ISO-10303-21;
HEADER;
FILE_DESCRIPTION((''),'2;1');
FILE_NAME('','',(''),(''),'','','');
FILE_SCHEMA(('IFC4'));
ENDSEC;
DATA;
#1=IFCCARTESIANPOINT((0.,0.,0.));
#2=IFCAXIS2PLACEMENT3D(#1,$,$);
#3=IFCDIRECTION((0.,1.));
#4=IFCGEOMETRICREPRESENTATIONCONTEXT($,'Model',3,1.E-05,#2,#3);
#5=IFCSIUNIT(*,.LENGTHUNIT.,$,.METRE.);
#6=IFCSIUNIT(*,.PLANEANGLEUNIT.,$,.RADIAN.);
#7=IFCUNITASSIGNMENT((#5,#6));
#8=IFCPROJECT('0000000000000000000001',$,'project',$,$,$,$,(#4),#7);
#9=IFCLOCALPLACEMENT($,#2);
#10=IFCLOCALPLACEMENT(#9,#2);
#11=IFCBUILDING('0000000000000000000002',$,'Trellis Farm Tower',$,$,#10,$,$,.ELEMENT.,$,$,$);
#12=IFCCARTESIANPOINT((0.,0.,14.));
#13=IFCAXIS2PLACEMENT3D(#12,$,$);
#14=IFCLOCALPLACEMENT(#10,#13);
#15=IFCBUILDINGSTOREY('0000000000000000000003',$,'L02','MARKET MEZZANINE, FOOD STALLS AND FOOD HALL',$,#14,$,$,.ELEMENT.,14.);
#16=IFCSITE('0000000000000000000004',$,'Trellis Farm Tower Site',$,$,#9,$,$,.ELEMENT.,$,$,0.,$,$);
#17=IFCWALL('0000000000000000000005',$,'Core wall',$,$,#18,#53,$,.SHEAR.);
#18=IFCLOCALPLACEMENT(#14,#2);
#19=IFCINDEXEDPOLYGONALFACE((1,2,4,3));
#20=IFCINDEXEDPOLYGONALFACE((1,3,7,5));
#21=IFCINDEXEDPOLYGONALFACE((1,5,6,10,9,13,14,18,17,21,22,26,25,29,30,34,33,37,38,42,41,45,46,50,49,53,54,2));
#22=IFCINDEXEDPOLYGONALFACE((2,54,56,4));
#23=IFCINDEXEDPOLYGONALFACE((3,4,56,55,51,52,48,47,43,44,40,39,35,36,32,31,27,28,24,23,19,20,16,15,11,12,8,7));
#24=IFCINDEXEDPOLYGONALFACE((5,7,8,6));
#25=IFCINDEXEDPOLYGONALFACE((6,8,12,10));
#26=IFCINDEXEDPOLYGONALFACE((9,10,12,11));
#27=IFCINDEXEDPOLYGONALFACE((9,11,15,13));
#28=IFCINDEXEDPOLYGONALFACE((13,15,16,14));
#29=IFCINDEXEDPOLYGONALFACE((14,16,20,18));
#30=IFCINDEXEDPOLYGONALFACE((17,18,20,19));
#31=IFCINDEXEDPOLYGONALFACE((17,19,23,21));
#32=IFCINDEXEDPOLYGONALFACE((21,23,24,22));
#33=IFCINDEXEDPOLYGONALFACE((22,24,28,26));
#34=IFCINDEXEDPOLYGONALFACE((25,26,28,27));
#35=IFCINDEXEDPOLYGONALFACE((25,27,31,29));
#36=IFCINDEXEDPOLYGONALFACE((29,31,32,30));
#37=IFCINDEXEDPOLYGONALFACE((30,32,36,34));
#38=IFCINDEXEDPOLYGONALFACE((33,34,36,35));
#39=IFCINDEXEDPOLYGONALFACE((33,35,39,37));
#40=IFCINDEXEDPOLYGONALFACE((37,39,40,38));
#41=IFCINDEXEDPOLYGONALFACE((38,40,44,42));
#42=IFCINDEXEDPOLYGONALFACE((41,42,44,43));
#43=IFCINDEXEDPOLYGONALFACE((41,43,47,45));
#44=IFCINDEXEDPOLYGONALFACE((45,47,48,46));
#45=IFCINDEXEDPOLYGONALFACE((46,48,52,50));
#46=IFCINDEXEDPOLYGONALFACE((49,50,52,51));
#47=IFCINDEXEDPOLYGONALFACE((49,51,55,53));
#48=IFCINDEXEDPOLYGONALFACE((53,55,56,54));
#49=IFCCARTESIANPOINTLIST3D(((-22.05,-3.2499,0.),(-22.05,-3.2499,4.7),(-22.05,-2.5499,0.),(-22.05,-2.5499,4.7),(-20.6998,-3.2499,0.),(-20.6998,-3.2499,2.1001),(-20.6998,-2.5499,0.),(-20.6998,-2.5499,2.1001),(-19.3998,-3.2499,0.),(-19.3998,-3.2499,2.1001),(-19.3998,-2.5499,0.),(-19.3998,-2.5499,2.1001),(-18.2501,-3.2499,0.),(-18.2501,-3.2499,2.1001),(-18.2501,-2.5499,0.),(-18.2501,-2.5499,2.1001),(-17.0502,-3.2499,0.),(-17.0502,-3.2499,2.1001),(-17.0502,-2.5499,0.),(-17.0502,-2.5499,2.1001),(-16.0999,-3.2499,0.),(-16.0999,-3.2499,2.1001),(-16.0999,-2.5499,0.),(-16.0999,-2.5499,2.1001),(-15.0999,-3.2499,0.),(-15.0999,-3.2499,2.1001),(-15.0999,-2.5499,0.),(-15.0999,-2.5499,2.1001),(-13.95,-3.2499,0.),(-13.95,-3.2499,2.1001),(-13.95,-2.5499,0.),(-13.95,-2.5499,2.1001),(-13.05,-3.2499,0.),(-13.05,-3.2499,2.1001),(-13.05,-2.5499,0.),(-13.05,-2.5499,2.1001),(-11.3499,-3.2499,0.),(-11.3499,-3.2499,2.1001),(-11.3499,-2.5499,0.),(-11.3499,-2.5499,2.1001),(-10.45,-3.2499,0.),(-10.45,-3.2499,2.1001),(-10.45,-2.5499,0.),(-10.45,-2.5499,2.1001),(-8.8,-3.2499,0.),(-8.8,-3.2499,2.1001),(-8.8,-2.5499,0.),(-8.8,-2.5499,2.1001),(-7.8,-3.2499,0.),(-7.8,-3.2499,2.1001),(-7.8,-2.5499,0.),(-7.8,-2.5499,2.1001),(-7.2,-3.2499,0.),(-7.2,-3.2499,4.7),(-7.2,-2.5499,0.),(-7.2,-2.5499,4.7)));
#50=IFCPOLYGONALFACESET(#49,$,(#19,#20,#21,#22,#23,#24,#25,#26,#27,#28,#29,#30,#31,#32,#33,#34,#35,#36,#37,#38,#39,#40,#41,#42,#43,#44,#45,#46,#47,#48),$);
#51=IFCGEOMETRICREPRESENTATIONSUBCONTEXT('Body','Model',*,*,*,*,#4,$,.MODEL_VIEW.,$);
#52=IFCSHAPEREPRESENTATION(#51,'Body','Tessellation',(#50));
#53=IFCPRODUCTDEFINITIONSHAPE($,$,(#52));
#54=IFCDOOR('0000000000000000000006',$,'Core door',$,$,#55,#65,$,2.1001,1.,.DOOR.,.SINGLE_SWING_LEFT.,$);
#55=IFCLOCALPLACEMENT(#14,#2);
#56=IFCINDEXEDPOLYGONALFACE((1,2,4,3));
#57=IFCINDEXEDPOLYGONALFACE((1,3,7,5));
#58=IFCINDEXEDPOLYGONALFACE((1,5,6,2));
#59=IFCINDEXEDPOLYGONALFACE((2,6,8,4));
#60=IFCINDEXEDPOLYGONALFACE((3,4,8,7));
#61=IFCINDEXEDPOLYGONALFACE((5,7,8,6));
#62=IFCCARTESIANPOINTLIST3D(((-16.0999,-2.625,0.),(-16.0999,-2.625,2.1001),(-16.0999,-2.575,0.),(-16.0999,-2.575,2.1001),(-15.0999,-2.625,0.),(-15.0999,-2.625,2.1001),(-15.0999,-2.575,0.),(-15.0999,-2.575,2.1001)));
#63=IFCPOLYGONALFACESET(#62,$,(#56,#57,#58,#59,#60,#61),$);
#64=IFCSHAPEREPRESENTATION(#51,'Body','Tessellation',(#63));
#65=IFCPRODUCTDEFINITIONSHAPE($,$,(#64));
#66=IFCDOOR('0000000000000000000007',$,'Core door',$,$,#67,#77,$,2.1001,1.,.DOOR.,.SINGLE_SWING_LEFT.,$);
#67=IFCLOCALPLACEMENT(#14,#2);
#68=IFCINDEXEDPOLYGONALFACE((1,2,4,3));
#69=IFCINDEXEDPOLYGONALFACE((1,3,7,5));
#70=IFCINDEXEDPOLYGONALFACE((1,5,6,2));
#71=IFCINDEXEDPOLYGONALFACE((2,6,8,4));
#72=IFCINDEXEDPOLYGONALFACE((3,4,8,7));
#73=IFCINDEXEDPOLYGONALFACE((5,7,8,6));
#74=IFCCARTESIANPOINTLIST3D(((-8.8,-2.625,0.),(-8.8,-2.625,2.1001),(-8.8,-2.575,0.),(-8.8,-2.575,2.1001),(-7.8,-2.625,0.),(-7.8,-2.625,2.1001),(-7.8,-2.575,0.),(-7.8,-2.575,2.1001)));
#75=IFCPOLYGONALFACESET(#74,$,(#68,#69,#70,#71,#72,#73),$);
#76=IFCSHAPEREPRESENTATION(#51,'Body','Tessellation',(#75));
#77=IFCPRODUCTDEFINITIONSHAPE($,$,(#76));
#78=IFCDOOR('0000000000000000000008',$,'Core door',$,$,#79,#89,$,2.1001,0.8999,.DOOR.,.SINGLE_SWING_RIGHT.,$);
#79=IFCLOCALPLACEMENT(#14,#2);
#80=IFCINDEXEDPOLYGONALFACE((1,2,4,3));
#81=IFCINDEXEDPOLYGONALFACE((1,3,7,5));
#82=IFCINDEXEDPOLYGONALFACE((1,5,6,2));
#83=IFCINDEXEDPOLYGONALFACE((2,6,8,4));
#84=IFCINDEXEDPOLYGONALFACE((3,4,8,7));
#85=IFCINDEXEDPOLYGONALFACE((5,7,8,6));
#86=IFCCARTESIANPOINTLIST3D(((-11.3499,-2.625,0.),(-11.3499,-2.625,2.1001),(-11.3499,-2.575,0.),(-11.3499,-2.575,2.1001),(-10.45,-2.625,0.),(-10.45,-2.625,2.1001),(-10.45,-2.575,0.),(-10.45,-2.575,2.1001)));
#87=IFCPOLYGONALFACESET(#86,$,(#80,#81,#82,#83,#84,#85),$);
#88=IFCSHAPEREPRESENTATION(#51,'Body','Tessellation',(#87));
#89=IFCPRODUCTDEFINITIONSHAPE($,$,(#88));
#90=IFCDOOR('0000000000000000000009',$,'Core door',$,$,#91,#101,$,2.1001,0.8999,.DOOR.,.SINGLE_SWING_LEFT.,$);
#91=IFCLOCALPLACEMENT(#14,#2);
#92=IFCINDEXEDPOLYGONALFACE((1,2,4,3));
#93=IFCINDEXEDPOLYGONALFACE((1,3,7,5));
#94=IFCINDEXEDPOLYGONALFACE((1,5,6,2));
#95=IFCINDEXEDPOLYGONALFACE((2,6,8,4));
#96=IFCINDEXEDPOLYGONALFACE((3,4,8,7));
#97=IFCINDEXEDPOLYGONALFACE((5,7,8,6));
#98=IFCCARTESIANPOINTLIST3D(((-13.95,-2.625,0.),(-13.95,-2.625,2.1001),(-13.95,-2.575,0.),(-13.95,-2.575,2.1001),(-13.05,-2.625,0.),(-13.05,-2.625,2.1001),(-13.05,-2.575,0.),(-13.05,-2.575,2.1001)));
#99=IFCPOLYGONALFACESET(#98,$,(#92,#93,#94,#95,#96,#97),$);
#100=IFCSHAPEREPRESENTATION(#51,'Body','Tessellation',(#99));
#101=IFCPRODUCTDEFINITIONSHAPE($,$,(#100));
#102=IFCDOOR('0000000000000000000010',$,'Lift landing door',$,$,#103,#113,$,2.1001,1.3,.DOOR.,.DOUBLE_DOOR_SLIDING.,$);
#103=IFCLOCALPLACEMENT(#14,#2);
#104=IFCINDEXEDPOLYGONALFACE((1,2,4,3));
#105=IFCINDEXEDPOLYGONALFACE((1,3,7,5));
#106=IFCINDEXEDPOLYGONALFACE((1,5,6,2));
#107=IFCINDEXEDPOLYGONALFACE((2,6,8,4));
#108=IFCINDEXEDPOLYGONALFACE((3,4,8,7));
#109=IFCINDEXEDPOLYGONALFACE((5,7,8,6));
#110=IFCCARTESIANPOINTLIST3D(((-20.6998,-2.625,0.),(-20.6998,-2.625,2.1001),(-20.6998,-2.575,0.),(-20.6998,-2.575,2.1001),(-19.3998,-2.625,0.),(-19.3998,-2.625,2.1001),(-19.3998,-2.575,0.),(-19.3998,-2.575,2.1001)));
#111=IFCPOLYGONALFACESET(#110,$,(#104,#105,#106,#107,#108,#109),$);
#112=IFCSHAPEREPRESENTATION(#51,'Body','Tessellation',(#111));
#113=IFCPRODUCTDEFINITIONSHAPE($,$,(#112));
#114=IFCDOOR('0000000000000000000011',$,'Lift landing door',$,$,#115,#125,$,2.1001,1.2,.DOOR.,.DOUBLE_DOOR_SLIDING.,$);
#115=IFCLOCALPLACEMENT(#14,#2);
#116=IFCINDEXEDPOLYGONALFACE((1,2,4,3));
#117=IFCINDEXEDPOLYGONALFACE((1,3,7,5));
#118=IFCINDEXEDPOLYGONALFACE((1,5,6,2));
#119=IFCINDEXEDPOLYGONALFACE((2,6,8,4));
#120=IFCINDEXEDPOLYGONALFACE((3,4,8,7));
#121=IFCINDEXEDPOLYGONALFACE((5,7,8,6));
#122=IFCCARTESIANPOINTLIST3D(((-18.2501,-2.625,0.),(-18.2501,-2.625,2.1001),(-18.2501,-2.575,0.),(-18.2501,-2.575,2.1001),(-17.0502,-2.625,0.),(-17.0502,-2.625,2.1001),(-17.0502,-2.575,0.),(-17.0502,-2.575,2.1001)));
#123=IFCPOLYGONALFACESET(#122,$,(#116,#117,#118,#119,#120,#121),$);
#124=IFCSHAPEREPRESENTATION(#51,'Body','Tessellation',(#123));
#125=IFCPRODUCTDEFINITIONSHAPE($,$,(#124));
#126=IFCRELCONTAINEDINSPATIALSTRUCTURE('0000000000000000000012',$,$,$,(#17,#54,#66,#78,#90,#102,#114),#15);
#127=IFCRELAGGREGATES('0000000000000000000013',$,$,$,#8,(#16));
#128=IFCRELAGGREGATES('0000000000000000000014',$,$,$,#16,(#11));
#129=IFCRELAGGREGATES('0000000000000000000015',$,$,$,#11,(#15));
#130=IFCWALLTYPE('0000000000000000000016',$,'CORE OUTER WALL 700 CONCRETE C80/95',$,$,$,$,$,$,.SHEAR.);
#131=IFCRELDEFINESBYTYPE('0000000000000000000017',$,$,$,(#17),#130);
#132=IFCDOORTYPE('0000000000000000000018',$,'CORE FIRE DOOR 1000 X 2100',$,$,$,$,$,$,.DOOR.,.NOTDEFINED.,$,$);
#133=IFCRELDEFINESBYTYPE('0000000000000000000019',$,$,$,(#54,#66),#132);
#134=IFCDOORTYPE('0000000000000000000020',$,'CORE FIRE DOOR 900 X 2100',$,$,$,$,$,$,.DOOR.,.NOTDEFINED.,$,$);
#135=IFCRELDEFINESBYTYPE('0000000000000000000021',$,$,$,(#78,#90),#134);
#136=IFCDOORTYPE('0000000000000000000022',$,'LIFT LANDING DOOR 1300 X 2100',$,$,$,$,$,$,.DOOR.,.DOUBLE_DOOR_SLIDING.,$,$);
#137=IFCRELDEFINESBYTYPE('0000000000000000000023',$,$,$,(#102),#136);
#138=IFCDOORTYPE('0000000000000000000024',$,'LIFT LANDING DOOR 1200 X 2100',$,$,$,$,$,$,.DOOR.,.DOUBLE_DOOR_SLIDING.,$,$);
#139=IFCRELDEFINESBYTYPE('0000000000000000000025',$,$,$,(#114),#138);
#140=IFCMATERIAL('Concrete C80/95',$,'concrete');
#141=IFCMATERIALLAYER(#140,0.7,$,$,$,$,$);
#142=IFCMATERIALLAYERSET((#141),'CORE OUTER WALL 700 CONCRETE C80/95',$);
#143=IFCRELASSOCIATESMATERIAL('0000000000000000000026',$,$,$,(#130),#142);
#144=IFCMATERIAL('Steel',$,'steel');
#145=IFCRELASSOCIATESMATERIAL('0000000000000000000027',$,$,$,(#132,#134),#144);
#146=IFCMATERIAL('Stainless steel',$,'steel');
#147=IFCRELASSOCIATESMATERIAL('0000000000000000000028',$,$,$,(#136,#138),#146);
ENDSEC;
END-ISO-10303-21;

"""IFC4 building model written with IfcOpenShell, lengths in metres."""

from ifc_helpers import new_model, si_unit, direction, frame, frame_2d, origin, place, context, subcontext, project, spatial, rectangle, extrude, source, transform, mapped, material, layer, layer_set, type_object, element, fill, save


model = new_model("IFC4")

# Units and contexts
model_context = context("Model", 3, precision=1e-05, world=origin(), true_north=direction((0.0, 1.0)))
body_context = subcontext(model_context, "Body", "Model", "MODEL_VIEW")
ifc_project = project(units=[si_unit("LENGTHUNIT", "METRE"), si_unit("PLANEANGLEUNIT", "RADIAN")], contexts=[model_context])

# Site, building, storey
site_placement = place(None, origin())
site = spatial("IfcSite", under=ifc_project, at=site_placement, Name="Trellis Farm Tower Site", CompositionType="ELEMENT", RefElevation=0.0)
building_placement = place(site_placement, origin())
building = spatial("IfcBuilding", under=site, at=building_placement, Name="Trellis Farm Tower", CompositionType="ELEMENT")
storey_placement = place(building_placement, frame((0.0, 0.0, 14.0)))
storey = spatial("IfcBuildingStorey", under=building, at=storey_placement, Name="L02", Description="MARKET MEZZANINE, FOOD STALLS AND FOOD HALL", CompositionType="ELEMENT", Elevation=14.0)

# Shared definitions
ifc_material_1 = material(Name="Concrete C80/95", Category="concrete")

# Shared definitions
ifc_material_2 = material(Name="Steel", Category="steel")

# Wall, openings, doors
ifc_layer_1 = layer(ifc_material_1, 0.7)
ifc_layer_set_1 = layer_set([ifc_layer_1], Name="CORE OUTER WALL 700 CONCRETE C80/95")
wall_type_1 = type_object("IfcWallType", Name="CORE OUTER WALL 700 CONCRETE C80/95", PredefinedType="SHEAR", material=ifc_layer_set_1)
shared_shape_1 = source(origin(), body_context, "Body", "SweptSolid", [
    extrude(rectangle(XDim=14.8501, YDim=0.7, at=frame_2d((7.425, 0.0))), origin(), (0.0, 0.0, 1.0), 4.7),
])
wall_1_placement = place(storey_placement, frame((-7.2, -2.8999, 0.0), z_axis=(0.0, 0.0, 1.0), x_axis=(-1.0, 0.0, 0.0)))
wall_1 = element("IfcWall", 1, at=wall_1_placement, inside=storey, type_object=wall_type_1, Name="Core wall", PredefinedType="SHEAR", context=body_context, shape_type="MappedRepresentation", body=[
    mapped(shared_shape_1, transform((0.0, 0.0, 0.0))),
])
shared_shape_2 = source(origin(), body_context, "Body", "SweptSolid", [
    extrude(rectangle(XDim=1.3, YDim=2.1001, at=frame_2d((0.6499, 1.05))), frame((0.0, 0.3601, 0.0), z_axis=(0.0, -1.0, 0.0), x_axis=(1.0, 0.0, 0.0)), (0.0, 0.0, 1.0), 0.7202),
])
opening_1_placement = place(wall_1_placement, frame((12.2, 0.0, 0.0)))
opening_1 = element("IfcOpeningElement", 2, at=opening_1_placement, cuts=wall_1, PredefinedType="OPENING", context=body_context, shape_type="MappedRepresentation", body=[
    mapped(shared_shape_2, transform((0.0, 0.0, 0.0))),
])
shared_shape_3 = source(origin(), body_context, "Body", "SweptSolid", [
    extrude(rectangle(XDim=1.2, YDim=2.1001, at=frame_2d((0.6001, 1.05))), frame((0.0, 0.3601, 0.0), z_axis=(0.0, -1.0, 0.0), x_axis=(1.0, 0.0, 0.0)), (0.0, 0.0, 1.0), 0.7202),
])
opening_2_placement = place(wall_1_placement, frame((9.8501, 0.0, 0.0)))
opening_2 = element("IfcOpeningElement", 3, at=opening_2_placement, cuts=wall_1, PredefinedType="OPENING", context=body_context, shape_type="MappedRepresentation", body=[
    mapped(shared_shape_3, transform((0.0, 0.0, 0.0))),
])
shared_shape_4 = source(origin(), body_context, "Body", "SweptSolid", [
    extrude(rectangle(XDim=1.0, YDim=2.1001, at=frame_2d((0.5, 1.05))), frame((0.0, 0.3601, 0.0), z_axis=(0.0, -1.0, 0.0), x_axis=(1.0, 0.0, 0.0)), (0.0, 0.0, 1.0), 0.7202),
])
opening_3_placement = place(wall_1_placement, frame((7.8999, 0.0, 0.0)))
opening_3 = element("IfcOpeningElement", 4, at=opening_3_placement, cuts=wall_1, PredefinedType="OPENING", context=body_context, shape_type="MappedRepresentation", body=[
    mapped(shared_shape_4, transform((0.0, 0.0, 0.0))),
])
opening_4_placement = place(wall_1_placement, frame((0.6001, 0.0, 0.0)))
opening_4 = element("IfcOpeningElement", 5, at=opening_4_placement, cuts=wall_1, PredefinedType="OPENING", context=body_context, shape_type="MappedRepresentation", body=[
    mapped(shared_shape_4, transform((0.0, 0.0, 0.0))),
])
shared_shape_5 = source(origin(), body_context, "Body", "SweptSolid", [
    extrude(rectangle(XDim=0.8999, YDim=2.1001, at=frame_2d((0.45, 1.05))), frame((0.0, 0.3601, 0.0), z_axis=(0.0, -1.0, 0.0), x_axis=(1.0, 0.0, 0.0)), (0.0, 0.0, 1.0), 0.7202),
])
opening_5_placement = place(wall_1_placement, frame((3.25, 0.0, 0.0)))
opening_5 = element("IfcOpeningElement", 6, at=opening_5_placement, cuts=wall_1, PredefinedType="OPENING", context=body_context, shape_type="MappedRepresentation", body=[
    mapped(shared_shape_5, transform((0.0, 0.0, 0.0))),
])
opening_6_placement = place(wall_1_placement, frame((5.8501, 0.0, 0.0)))
opening_6 = element("IfcOpeningElement", 7, at=opening_6_placement, cuts=wall_1, PredefinedType="OPENING", context=body_context, shape_type="MappedRepresentation", body=[
    mapped(shared_shape_5, transform((0.0, 0.0, 0.0))),
])
door_type_1 = type_object("IfcDoorType", Name="CORE FIRE DOOR 1000 X 2100", OperationType="NOTDEFINED", PredefinedType="DOOR", material=ifc_material_2)
shared_shape_6 = source(origin(), body_context, "Body", "SweptSolid", [
    extrude(rectangle(XDim=1.0, YDim=2.1001, at=frame_2d((0.5, 1.05))), frame((0.0, -0.2749, 0.0), z_axis=(0.0, -1.0, 0.0), x_axis=(1.0, 0.0, 0.0)), (0.0, 0.0, 1.0), 0.05),
])
door_1_placement = place(opening_3_placement, origin())
door_1 = element("IfcDoor", 8, at=door_1_placement, inside=storey, type_object=door_type_1, Name="Core door", OperationType="SINGLE_SWING_LEFT", OverallHeight=2.1001, OverallWidth=1.0, PredefinedType="DOOR", context=body_context, shape_type="MappedRepresentation", body=[
    mapped(shared_shape_6, transform((0.0, 0.0, 0.0))),
])
fill(opening_3, door_1)
door_2_placement = place(opening_4_placement, origin())
door_2 = element("IfcDoor", 9, at=door_2_placement, inside=storey, type_object=door_type_1, Name="Core door", OperationType="SINGLE_SWING_LEFT", OverallHeight=2.1001, OverallWidth=1.0, PredefinedType="DOOR", context=body_context, shape_type="MappedRepresentation", body=[
    mapped(shared_shape_6, transform((0.0, 0.0, 0.0))),
])
fill(opening_4, door_2)
door_type_2 = type_object("IfcDoorType", Name="CORE FIRE DOOR 900 X 2100", OperationType="NOTDEFINED", PredefinedType="DOOR", material=ifc_material_2)
shared_shape_7 = source(origin(), body_context, "Body", "SweptSolid", [
    extrude(rectangle(XDim=0.8999, YDim=2.1001, at=frame_2d((0.45, 1.05))), frame((0.0, -0.2749, 0.0), z_axis=(0.0, -1.0, 0.0), x_axis=(1.0, 0.0, 0.0)), (0.0, 0.0, 1.0), 0.05),
])
door_3_placement = place(opening_5_placement, origin())
door_3 = element("IfcDoor", 10, at=door_3_placement, inside=storey, type_object=door_type_2, Name="Core door", OperationType="SINGLE_SWING_RIGHT", OverallHeight=2.1001, OverallWidth=0.8999, PredefinedType="DOOR", context=body_context, shape_type="MappedRepresentation", body=[
    mapped(shared_shape_7, transform((0.0, 0.0, 0.0))),
])
fill(opening_5, door_3)
door_4_placement = place(opening_6_placement, origin())
door_4 = element("IfcDoor", 11, at=door_4_placement, inside=storey, type_object=door_type_2, Name="Core door", OperationType="SINGLE_SWING_LEFT", OverallHeight=2.1001, OverallWidth=0.8999, PredefinedType="DOOR", context=body_context, shape_type="MappedRepresentation", body=[
    mapped(shared_shape_7, transform((0.0, 0.0, 0.0))),
])
fill(opening_6, door_4)
ifc_material_3 = material(Name="Stainless steel", Category="steel")
door_type_3 = type_object("IfcDoorType", Name="LIFT LANDING DOOR 1300 X 2100", OperationType="DOUBLE_DOOR_SLIDING", PredefinedType="DOOR", material=ifc_material_3)
shared_shape_8 = source(origin(), body_context, "Body", "SweptSolid", [
    extrude(rectangle(XDim=1.3, YDim=2.1001, at=frame_2d((0.6499, 1.05))), frame((0.0, -0.2749, 0.0), z_axis=(0.0, -1.0, 0.0), x_axis=(1.0, 0.0, 0.0)), (0.0, 0.0, 1.0), 0.05),
])
door_5_placement = place(opening_1_placement, origin())
door_5 = element("IfcDoor", 12, at=door_5_placement, inside=storey, type_object=door_type_3, Name="Lift landing door", OperationType="DOUBLE_DOOR_SLIDING", OverallHeight=2.1001, OverallWidth=1.3, PredefinedType="DOOR", context=body_context, shape_type="MappedRepresentation", body=[
    mapped(shared_shape_8, transform((0.0, 0.0, 0.0))),
])
fill(opening_1, door_5)
door_type_4 = type_object("IfcDoorType", Name="LIFT LANDING DOOR 1200 X 2100", OperationType="DOUBLE_DOOR_SLIDING", PredefinedType="DOOR", material=ifc_material_3)
shared_shape_9 = source(origin(), body_context, "Body", "SweptSolid", [
    extrude(rectangle(XDim=1.2, YDim=2.1001, at=frame_2d((0.6001, 1.05))), frame((0.0, -0.2749, 0.0), z_axis=(0.0, -1.0, 0.0), x_axis=(1.0, 0.0, 0.0)), (0.0, 0.0, 1.0), 0.05),
])
door_6_placement = place(opening_2_placement, origin())
door_6 = element("IfcDoor", 13, at=door_6_placement, inside=storey, type_object=door_type_4, Name="Lift landing door", OperationType="DOUBLE_DOOR_SLIDING", OverallHeight=2.1001, OverallWidth=1.2, PredefinedType="DOOR", context=body_context, shape_type="MappedRepresentation", body=[
    mapped(shared_shape_9, transform((0.0, 0.0, 0.0))),
])
fill(opening_2, door_6)

save(model, "model.ifc")
